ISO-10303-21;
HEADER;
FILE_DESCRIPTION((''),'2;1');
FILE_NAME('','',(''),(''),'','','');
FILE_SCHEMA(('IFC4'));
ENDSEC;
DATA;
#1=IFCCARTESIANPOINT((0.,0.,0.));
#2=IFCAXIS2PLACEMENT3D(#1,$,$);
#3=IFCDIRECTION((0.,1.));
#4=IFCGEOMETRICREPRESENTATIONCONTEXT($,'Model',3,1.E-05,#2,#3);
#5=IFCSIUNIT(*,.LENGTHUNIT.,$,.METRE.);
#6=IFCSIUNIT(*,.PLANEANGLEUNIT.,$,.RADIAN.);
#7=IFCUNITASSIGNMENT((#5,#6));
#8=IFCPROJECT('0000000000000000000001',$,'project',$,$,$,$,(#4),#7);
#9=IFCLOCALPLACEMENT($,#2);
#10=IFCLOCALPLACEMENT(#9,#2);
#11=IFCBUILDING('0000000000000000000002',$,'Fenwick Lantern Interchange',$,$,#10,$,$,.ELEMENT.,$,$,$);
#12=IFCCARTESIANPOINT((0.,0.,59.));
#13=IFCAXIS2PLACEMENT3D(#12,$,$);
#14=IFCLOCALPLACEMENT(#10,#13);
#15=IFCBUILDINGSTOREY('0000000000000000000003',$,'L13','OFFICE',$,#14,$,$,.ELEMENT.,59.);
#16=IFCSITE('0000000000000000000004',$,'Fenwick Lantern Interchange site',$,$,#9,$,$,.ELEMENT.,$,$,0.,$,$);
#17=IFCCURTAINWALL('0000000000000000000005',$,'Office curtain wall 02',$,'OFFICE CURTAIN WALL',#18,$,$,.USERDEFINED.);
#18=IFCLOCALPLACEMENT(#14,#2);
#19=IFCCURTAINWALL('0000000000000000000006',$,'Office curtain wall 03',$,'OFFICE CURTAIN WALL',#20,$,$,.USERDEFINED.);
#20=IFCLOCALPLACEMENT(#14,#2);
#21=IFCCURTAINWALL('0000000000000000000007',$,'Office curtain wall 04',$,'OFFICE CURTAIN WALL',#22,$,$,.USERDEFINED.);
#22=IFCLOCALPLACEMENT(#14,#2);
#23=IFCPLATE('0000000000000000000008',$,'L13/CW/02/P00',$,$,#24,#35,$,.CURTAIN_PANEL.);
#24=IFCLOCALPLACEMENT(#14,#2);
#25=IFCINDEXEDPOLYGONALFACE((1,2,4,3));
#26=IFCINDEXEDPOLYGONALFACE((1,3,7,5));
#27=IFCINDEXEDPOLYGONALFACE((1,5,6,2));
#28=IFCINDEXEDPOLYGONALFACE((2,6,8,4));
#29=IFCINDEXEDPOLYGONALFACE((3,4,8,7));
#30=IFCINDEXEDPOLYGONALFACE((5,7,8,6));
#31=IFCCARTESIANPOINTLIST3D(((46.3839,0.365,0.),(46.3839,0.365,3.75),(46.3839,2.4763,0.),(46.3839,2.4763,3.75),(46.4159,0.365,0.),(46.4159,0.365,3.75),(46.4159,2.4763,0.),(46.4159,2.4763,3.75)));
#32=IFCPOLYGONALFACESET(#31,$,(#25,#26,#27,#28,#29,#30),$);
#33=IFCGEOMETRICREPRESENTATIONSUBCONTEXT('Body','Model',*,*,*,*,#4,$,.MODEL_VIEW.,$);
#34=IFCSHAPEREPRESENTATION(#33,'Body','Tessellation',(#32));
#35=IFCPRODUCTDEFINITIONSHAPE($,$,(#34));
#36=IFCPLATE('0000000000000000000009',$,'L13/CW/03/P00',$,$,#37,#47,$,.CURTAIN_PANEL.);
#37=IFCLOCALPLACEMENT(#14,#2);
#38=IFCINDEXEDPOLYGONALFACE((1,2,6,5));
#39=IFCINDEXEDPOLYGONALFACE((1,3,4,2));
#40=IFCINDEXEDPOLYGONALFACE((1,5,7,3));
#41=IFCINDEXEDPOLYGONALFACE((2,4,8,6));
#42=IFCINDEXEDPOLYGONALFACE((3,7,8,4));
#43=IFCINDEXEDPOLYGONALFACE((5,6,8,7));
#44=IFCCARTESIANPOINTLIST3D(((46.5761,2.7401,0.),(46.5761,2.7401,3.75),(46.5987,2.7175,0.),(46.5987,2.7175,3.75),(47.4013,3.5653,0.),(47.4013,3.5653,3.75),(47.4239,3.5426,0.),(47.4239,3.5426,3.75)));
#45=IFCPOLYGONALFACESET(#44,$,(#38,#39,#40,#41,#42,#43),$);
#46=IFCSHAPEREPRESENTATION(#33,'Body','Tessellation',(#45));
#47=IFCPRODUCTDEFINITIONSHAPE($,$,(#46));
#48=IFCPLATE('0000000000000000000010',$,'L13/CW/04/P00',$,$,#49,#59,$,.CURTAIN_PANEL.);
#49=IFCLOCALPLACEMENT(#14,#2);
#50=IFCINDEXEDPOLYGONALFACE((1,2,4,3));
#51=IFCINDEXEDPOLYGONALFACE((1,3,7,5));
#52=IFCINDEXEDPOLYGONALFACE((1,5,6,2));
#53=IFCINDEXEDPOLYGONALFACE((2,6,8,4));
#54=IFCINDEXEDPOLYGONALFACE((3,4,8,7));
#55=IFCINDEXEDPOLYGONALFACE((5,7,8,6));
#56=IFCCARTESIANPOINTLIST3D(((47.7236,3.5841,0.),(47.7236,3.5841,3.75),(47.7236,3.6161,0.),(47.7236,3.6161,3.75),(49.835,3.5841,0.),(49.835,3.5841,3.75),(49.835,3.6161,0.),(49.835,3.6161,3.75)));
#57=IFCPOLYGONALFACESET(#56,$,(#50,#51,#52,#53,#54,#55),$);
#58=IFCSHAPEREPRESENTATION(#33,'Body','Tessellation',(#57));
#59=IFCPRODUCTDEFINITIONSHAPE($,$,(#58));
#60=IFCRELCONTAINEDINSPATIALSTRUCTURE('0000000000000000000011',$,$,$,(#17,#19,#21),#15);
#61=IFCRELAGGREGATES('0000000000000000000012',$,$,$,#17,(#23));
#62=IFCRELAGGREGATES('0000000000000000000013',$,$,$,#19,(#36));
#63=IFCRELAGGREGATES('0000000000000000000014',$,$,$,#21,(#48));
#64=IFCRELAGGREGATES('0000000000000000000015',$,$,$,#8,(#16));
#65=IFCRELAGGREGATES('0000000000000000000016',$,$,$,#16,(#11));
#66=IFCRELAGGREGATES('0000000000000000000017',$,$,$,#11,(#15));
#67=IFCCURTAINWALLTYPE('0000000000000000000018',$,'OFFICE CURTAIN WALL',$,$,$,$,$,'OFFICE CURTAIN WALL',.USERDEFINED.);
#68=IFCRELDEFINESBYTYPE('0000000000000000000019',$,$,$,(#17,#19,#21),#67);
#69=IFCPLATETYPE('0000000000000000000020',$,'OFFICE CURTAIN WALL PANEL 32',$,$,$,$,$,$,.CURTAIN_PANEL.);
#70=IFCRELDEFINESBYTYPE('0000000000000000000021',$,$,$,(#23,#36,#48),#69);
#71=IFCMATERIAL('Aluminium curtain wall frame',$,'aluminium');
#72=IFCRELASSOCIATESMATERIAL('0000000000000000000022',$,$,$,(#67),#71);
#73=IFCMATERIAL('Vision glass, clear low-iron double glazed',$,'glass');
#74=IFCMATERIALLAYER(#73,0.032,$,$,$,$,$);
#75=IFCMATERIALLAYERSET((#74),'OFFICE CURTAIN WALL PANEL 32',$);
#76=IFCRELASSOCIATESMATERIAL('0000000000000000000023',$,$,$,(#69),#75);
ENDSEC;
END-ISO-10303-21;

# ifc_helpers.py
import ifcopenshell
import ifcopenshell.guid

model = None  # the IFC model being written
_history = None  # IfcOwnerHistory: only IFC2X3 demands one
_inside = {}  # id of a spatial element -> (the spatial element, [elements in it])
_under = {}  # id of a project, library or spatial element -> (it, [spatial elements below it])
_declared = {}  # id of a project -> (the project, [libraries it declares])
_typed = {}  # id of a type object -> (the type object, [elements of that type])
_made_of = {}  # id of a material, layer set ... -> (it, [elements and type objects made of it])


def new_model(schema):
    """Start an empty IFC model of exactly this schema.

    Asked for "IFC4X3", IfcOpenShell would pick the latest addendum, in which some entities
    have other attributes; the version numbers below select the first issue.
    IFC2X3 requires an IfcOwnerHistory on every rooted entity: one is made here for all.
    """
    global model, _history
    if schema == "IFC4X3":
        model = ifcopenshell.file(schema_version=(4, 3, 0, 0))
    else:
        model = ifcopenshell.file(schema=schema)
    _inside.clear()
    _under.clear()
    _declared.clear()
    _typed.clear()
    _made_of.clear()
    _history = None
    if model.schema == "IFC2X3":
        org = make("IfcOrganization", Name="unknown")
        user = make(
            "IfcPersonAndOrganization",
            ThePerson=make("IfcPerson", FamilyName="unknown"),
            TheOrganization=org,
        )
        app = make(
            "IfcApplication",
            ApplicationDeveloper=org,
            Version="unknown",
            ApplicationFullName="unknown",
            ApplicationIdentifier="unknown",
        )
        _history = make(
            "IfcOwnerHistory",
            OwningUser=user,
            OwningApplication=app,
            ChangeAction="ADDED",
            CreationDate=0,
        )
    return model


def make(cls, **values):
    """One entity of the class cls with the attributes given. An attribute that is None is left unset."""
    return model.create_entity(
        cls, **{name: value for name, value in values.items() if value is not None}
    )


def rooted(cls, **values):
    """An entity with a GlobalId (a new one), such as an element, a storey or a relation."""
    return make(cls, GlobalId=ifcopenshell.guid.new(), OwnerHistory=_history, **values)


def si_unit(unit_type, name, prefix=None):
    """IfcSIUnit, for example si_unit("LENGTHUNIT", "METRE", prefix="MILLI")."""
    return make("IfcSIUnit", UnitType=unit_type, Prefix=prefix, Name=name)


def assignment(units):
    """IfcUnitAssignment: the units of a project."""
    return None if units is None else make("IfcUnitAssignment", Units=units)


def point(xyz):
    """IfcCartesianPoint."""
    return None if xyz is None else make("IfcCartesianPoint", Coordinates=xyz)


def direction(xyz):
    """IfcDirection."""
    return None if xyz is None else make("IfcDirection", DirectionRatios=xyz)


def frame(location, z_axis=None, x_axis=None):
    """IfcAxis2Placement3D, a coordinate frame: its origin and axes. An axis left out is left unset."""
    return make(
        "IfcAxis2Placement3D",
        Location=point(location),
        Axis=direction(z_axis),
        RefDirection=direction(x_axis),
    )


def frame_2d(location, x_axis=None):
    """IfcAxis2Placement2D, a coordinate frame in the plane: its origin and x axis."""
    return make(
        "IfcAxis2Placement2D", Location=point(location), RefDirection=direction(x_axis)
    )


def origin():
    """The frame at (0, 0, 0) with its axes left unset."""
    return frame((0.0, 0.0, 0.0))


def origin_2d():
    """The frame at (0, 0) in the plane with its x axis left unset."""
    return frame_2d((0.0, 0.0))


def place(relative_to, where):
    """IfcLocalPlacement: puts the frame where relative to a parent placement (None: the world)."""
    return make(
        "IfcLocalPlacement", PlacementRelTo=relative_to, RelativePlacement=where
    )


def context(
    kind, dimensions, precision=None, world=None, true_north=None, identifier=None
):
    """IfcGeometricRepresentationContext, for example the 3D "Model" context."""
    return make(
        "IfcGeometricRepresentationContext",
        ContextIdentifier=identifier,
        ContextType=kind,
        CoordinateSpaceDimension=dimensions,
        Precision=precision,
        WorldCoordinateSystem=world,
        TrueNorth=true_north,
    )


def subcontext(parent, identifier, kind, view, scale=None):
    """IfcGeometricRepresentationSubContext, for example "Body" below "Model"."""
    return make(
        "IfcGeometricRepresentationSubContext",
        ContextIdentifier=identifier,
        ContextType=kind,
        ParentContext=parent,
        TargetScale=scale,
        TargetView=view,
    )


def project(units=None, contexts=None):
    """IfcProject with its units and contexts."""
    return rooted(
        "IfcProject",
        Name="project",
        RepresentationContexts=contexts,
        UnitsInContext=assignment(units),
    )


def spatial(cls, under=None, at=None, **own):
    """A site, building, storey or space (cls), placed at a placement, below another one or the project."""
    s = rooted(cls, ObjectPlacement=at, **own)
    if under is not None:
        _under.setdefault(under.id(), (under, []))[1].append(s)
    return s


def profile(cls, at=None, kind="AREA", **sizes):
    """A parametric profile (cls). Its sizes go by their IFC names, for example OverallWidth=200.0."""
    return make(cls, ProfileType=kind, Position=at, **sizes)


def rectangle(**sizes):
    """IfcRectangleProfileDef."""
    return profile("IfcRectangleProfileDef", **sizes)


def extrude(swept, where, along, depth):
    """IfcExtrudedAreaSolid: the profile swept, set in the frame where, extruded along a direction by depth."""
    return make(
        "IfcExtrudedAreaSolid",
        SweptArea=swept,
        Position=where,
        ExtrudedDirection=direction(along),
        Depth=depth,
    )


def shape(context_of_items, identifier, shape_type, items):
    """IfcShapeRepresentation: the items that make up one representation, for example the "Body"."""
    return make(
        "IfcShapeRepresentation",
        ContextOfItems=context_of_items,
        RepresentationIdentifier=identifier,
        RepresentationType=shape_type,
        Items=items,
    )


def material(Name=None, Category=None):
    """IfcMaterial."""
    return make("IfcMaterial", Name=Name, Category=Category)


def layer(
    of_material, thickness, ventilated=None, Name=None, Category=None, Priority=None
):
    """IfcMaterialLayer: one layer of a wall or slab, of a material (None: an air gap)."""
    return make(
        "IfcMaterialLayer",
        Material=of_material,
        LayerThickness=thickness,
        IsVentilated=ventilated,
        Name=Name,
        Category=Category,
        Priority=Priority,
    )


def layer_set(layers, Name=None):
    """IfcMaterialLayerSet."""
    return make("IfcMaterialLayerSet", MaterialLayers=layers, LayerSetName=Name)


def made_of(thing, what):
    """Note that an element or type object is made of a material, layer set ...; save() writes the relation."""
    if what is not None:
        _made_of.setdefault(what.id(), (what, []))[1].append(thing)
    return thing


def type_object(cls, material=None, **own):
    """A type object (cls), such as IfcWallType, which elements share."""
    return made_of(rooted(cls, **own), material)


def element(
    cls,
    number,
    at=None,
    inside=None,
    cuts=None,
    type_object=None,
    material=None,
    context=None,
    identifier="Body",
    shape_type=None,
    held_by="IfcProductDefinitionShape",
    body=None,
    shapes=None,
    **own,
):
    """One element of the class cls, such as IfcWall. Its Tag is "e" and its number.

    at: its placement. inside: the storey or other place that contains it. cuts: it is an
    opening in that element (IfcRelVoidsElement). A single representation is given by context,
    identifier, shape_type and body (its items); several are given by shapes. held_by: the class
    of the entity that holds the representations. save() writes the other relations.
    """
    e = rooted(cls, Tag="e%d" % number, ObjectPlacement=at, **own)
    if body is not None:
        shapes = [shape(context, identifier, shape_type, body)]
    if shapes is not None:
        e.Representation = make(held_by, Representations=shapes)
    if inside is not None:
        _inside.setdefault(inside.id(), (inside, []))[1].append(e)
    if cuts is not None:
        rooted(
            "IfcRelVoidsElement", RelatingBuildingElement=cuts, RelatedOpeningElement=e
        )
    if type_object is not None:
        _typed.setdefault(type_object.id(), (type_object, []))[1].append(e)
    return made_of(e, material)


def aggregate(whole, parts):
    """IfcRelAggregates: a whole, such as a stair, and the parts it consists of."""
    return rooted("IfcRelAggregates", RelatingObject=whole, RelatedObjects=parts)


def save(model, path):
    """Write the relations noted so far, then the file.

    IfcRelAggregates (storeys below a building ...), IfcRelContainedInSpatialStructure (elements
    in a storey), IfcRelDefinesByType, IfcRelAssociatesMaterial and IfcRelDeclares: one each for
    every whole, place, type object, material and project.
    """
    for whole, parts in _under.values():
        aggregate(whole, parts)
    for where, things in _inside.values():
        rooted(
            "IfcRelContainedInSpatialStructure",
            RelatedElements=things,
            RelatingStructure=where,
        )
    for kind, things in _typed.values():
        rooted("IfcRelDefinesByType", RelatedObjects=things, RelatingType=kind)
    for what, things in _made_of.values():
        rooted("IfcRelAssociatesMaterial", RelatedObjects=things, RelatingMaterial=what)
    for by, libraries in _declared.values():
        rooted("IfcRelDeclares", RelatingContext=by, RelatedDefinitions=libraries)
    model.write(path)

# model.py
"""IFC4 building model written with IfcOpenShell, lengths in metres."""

from ifc_helpers import new_model, si_unit, direction, frame, origin, origin_2d, place, context, subcontext, project, spatial, rectangle, extrude, material, layer, layer_set, type_object, element, aggregate, save


model = new_model("IFC4")

# Units and contexts
model_context = context("Model", 3, precision=1e-05, world=origin(), true_north=direction((0.0, 1.0)))
body_context = subcontext(model_context, "Body", "Model", "MODEL_VIEW")
ifc_project = project(units=[si_unit("LENGTHUNIT", "METRE"), si_unit("PLANEANGLEUNIT", "RADIAN")], contexts=[model_context])

# Site, building, storey
site_placement = place(None, origin())
site = spatial("IfcSite", under=ifc_project, at=site_placement, Name="Fenwick Lantern Interchange site", CompositionType="ELEMENT", RefElevation=0.0)
building_placement = place(site_placement, origin())
building = spatial("IfcBuilding", under=site, at=building_placement, Name="Fenwick Lantern Interchange", CompositionType="ELEMENT")
storey_placement = place(building_placement, frame((0.0, 0.0, 59.0)))
storey = spatial("IfcBuildingStorey", under=building, at=storey_placement, Name="L13", Description="OFFICE", CompositionType="ELEMENT", Elevation=59.0)

# Shared definitions
ifc_material_1 = material(Name="Aluminium curtain wall frame", Category="aluminium")
curtain_wall_type = type_object("IfcCurtainWallType", Name="OFFICE CURTAIN WALL", ElementType="OFFICE CURTAIN WALL", PredefinedType="USERDEFINED", material=ifc_material_1)

# Curtain walls
curtain_wall_1_placement = place(storey_placement, origin())
curtain_wall_1 = element("IfcCurtainWall", 1, at=curtain_wall_1_placement, inside=storey, type_object=curtain_wall_type, Name="Office curtain wall 02", ObjectType="OFFICE CURTAIN WALL", PredefinedType="USERDEFINED")
curtain_wall_2_placement = place(storey_placement, origin())
curtain_wall_2 = element("IfcCurtainWall", 2, at=curtain_wall_2_placement, inside=storey, type_object=curtain_wall_type, Name="Office curtain wall 03", ObjectType="OFFICE CURTAIN WALL", PredefinedType="USERDEFINED")
curtain_wall_3_placement = place(storey_placement, origin())
curtain_wall_3 = element("IfcCurtainWall", 3, at=curtain_wall_3_placement, inside=storey, type_object=curtain_wall_type, Name="Office curtain wall 04", ObjectType="OFFICE CURTAIN WALL", PredefinedType="USERDEFINED")

# Plates
ifc_material_2 = material(Name="Vision glass, clear low-iron double glazed", Category="glass")
ifc_layer_1 = layer(ifc_material_2, 0.032)
ifc_layer_set_1 = layer_set([ifc_layer_1], Name="OFFICE CURTAIN WALL PANEL 32")
plate_type = type_object("IfcPlateType", Name="OFFICE CURTAIN WALL PANEL 32", PredefinedType="CURTAIN_PANEL", material=ifc_layer_set_1)
plate_1_placement = place(storey_placement, frame((46.3999, 1.4207, 0.0), z_axis=(0.0, 0.0, 1.0), x_axis=(0.0, 1.0, 0.0)))
plate_1 = element("IfcPlate", 4, at=plate_1_placement, type_object=plate_type, Name="L13/CW/02/P00", PredefinedType="CURTAIN_PANEL", context=body_context, shape_type="SweptSolid", body=[
    extrude(rectangle(XDim=2.1113, YDim=0.032, at=origin_2d()), origin(), (0.0, 0.0, 1.0), 3.75),
])
aggregate(curtain_wall_1, [plate_1])
plate_2_placement = place(storey_placement, frame((47.0, 3.1414, 0.0), z_axis=(0.0, 0.0, 1.0), x_axis=(0.707107, 0.707107, 0.0)))
plate_2 = element("IfcPlate", 5, at=plate_2_placement, type_object=plate_type, Name="L13/CW/03/P00", PredefinedType="CURTAIN_PANEL", context=body_context, shape_type="SweptSolid", body=[
    extrude(rectangle(XDim=1.167, YDim=0.032, at=origin_2d()), origin(), (0.0, 0.0, 1.0), 3.75),
])
aggregate(curtain_wall_2, [plate_2])
plate_3_placement = place(storey_placement, frame((48.7793, 3.6001, 0.0), z_axis=(0.0, 0.0, 1.0), x_axis=(1.0, 0.0, 0.0)))
plate_3 = element("IfcPlate", 6, at=plate_3_placement, type_object=plate_type, Name="L13/CW/04/P00", PredefinedType="CURTAIN_PANEL", context=body_context, shape_type="SweptSolid", body=[
    extrude(rectangle(XDim=2.1113, YDim=0.032, at=origin_2d()), origin(), (0.0, 0.0, 1.0), 3.75),
])
aggregate(curtain_wall_3, [plate_3])

save(model, "model.ifc")
